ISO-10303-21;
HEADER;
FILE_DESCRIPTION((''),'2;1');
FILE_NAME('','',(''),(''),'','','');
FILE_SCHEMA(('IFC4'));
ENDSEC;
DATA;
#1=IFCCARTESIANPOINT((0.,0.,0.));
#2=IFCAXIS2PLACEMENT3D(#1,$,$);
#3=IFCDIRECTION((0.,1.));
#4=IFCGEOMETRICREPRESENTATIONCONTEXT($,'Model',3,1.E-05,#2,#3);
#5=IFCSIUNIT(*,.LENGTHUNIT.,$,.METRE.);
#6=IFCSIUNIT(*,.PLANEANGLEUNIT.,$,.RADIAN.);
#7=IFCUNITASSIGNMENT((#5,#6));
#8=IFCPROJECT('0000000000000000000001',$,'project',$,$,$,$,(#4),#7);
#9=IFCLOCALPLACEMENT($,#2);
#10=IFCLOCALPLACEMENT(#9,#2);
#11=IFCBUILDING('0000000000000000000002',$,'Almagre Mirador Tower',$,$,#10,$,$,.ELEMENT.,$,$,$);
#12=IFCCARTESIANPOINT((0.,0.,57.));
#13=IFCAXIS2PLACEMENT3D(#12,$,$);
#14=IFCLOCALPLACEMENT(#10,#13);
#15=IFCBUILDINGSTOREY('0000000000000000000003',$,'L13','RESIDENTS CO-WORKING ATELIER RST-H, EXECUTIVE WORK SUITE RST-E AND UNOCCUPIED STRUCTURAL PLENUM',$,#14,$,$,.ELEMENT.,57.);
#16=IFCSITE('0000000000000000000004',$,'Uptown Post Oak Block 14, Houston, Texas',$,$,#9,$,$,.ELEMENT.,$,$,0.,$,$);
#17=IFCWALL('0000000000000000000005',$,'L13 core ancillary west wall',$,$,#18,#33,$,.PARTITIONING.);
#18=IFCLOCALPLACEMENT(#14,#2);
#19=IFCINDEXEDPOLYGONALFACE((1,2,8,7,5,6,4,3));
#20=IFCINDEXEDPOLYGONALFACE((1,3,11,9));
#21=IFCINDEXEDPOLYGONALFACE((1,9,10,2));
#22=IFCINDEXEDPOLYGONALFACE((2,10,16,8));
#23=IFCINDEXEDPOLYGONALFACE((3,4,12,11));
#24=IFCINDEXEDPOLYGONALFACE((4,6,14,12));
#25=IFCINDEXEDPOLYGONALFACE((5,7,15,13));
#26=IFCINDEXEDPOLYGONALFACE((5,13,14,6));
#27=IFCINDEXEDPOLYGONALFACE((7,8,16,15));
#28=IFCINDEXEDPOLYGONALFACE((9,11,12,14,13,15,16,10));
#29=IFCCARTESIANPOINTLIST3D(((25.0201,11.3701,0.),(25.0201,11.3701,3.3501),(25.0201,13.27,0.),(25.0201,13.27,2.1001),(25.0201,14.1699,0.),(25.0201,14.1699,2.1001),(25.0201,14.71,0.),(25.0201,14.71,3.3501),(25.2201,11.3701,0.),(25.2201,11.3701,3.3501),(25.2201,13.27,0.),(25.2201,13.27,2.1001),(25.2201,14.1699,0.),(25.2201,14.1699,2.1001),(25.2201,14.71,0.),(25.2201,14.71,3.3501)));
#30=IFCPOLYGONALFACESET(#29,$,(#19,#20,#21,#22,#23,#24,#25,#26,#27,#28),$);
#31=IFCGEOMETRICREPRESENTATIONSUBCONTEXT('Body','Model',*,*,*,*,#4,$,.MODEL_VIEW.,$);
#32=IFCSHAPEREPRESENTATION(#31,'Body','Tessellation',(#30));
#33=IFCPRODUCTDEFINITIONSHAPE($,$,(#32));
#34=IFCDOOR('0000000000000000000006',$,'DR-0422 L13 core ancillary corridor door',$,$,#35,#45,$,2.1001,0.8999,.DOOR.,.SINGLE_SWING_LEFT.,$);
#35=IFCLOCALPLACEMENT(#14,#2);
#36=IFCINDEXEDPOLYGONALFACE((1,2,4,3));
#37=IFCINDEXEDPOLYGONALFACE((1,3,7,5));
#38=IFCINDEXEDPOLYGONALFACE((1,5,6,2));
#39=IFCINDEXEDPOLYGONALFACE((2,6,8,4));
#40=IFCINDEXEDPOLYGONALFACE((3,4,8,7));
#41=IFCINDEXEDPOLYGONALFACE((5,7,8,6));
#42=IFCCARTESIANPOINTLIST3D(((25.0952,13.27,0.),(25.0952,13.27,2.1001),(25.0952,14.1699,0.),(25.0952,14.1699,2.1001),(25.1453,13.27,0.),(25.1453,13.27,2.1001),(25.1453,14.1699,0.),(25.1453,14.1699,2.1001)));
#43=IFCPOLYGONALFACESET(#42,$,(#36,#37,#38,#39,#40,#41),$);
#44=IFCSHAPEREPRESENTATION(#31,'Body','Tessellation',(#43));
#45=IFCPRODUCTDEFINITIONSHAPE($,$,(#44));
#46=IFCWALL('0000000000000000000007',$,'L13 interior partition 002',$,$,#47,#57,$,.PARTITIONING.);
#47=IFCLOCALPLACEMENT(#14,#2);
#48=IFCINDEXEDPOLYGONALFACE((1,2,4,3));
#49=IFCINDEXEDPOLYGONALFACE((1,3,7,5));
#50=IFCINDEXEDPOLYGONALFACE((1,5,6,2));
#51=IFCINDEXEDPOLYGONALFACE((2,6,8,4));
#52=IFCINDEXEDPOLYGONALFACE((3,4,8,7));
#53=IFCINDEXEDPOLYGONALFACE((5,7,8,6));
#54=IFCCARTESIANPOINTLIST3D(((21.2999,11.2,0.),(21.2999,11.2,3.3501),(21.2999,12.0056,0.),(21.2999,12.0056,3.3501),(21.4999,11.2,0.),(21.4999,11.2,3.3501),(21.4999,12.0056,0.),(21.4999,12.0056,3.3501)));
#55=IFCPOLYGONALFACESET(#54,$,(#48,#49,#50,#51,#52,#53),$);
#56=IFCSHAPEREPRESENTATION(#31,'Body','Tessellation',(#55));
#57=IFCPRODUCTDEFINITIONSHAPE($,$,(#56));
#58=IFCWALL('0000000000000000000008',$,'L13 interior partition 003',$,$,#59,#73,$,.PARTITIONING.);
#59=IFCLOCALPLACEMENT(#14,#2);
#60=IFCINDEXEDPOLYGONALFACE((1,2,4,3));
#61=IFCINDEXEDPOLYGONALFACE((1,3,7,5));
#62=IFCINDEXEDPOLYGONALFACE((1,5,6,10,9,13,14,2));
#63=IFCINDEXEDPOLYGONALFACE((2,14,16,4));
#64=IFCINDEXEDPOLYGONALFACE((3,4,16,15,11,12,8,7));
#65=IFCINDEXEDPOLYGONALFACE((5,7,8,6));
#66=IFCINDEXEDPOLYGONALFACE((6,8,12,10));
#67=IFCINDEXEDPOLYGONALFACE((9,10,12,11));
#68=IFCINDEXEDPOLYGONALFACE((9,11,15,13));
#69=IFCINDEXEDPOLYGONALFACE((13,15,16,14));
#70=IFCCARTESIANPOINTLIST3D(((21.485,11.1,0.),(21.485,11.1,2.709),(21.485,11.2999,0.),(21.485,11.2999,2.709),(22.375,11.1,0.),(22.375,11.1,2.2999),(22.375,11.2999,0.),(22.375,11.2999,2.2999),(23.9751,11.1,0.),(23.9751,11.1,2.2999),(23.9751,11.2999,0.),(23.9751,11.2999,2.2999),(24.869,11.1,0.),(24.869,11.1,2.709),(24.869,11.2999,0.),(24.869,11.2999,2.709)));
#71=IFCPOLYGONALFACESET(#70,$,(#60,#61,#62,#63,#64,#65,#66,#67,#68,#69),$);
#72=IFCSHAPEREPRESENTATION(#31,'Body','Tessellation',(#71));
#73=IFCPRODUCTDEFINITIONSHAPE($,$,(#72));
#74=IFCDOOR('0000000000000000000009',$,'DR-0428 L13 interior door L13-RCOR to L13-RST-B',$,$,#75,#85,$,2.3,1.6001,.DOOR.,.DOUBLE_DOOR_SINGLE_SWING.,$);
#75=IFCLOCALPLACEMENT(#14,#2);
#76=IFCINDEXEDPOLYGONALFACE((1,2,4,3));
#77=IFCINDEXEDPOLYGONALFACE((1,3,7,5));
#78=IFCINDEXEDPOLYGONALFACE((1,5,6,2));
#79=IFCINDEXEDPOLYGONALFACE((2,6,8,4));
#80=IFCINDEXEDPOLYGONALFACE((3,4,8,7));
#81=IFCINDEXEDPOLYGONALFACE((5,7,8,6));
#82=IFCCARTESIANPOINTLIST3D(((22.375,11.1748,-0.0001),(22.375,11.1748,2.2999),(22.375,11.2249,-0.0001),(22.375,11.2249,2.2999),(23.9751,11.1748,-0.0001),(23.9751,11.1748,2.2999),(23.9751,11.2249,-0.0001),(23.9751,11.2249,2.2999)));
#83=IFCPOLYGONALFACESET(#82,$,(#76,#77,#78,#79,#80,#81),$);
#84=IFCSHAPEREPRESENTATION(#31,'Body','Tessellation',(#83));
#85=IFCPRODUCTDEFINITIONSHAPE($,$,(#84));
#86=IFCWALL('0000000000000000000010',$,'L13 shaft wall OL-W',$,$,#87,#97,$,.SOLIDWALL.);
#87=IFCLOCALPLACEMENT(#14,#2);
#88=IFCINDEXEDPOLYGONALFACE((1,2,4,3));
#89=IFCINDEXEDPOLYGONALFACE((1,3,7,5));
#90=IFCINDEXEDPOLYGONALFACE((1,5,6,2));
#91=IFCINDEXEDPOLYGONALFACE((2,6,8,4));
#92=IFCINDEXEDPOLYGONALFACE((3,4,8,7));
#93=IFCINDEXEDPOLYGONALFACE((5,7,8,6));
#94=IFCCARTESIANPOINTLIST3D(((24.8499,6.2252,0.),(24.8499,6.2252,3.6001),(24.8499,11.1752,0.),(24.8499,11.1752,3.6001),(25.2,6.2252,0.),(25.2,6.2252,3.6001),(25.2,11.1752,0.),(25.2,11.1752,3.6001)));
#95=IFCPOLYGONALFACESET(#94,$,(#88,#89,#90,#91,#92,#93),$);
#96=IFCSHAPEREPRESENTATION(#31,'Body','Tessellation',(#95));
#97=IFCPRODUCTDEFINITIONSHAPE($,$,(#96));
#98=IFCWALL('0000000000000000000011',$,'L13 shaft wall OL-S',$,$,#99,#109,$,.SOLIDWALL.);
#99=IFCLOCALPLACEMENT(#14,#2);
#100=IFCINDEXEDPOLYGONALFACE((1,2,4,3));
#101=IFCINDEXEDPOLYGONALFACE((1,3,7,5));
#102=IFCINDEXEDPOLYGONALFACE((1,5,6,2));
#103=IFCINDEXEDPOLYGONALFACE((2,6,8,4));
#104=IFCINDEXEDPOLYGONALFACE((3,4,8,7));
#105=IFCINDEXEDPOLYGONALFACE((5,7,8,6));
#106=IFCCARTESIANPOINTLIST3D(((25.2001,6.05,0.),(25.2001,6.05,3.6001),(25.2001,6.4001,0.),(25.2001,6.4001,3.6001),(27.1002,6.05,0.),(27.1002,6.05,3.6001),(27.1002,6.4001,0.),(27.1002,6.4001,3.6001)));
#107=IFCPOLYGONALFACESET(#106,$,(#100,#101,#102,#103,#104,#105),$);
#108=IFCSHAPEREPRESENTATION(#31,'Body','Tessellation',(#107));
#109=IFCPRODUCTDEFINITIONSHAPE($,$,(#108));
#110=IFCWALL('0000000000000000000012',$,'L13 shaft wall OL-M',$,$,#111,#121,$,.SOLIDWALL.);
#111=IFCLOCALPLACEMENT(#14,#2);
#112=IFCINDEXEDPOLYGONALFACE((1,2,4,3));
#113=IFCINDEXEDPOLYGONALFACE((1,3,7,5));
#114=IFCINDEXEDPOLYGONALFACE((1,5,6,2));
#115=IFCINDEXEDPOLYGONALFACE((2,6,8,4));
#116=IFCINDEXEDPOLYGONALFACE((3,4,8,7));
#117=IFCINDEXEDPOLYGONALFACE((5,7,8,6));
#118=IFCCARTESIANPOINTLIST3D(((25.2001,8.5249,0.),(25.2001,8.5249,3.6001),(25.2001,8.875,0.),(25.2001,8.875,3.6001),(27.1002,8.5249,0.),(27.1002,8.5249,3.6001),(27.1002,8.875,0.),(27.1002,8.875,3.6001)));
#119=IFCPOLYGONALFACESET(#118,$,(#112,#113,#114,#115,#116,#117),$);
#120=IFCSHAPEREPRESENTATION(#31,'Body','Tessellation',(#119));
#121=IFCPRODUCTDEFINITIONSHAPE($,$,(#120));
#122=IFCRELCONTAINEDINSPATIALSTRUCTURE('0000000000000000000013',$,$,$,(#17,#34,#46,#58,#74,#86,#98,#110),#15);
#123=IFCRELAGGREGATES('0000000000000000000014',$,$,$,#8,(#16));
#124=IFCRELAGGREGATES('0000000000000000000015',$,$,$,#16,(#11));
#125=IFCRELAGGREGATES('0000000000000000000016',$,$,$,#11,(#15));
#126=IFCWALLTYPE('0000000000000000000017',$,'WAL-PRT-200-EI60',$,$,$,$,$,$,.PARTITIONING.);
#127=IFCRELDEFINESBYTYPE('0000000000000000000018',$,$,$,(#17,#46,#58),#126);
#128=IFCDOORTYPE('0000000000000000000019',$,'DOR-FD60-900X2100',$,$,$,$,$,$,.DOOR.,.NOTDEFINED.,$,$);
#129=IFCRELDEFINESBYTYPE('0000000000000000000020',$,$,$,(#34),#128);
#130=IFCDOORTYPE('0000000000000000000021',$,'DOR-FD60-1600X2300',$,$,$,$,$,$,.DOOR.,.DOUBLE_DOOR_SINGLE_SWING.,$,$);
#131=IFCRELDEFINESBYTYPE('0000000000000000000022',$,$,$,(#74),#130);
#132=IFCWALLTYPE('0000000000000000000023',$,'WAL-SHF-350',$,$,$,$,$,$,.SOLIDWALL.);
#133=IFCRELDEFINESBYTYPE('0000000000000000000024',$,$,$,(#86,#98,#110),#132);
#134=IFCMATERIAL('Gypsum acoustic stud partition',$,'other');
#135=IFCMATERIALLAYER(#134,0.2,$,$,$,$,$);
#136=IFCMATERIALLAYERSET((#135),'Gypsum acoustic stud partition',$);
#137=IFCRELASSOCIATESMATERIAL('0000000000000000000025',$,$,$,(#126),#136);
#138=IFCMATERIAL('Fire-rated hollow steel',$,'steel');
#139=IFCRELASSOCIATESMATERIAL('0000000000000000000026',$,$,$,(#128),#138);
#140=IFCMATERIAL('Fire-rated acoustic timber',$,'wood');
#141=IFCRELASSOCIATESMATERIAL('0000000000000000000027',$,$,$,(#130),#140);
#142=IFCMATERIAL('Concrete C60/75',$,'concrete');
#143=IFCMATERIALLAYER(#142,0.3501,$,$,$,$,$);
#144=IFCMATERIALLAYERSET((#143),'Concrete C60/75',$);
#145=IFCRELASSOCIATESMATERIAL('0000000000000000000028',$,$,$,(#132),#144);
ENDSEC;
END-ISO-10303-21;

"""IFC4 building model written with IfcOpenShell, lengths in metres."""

from ifc_helpers import new_model, si_unit, direction, frame, frame_2d, origin, place, context, subcontext, project, spatial, rectangle, extrude, material, layer, layer_set, type_object, element, fill, save


model = new_model("IFC4")

# Units and contexts
model_context = context("Model", 3, precision=1e-05, world=origin(), true_north=direction((0.0, 1.0)))
body_context = subcontext(model_context, "Body", "Model", "MODEL_VIEW")
ifc_project = project(units=[si_unit("LENGTHUNIT", "METRE"), si_unit("PLANEANGLEUNIT", "RADIAN")], contexts=[model_context])

# Site, building, storey
site_placement = place(None, origin())
site = spatial("IfcSite", under=ifc_project, at=site_placement, Name="Uptown Post Oak Block 14, Houston, Texas", CompositionType="ELEMENT", RefElevation=0.0)
building_placement = place(site_placement, origin())
building = spatial("IfcBuilding", under=site, at=building_placement, Name="Almagre Mirador Tower", CompositionType="ELEMENT")
storey_placement = place(building_placement, frame((0.0, 0.0, 57.0)))
storey = spatial("IfcBuildingStorey", under=building, at=storey_placement, Name="L13", Description="RESIDENTS CO-WORKING ATELIER RST-H, EXECUTIVE WORK SUITE RST-E AND UNOCCUPIED STRUCTURAL PLENUM", CompositionType="ELEMENT", Elevation=57.0)

# Wall, opening, door
ifc_material_1 = material(Name="Gypsum acoustic stud partition", Category="other")
ifc_layer_1 = layer(ifc_material_1, 0.2)
ifc_layer_set_1 = layer_set([ifc_layer_1], Name="Gypsum acoustic stud partition")
wall_type_1 = type_object("IfcWallType", Name="WAL-PRT-200-EI60", PredefinedType="PARTITIONING", material=ifc_layer_set_1)
wall_1_placement = place(storey_placement, frame((25.1201, 11.3701, 0.0), z_axis=(0.0, 0.0, 1.0), x_axis=(0.0, 1.0, 0.0)))
wall_1 = element("IfcWall", 1, at=wall_1_placement, inside=storey, type_object=wall_type_1, Name="L13 core ancillary west wall", PredefinedType="PARTITIONING", context=body_context, shape_type="SweptSolid", body=[
    extrude(rectangle(XDim=3.3398, YDim=0.2, at=frame_2d((1.6699, 0.0))), origin(), (0.0, 0.0, 1.0), 3.3501),
])
opening_1_placement = place(wall_1_placement, frame((1.8999, 0.0, 0.0)))
opening_1 = element("IfcOpeningElement", 2, at=opening_1_placement, cuts=wall_1, PredefinedType="OPENING", context=body_context, shape_type="SweptSolid", body=[
    extrude(rectangle(XDim=0.8999, YDim=2.1001, at=frame_2d((0.45, 1.05))), frame((0.0, 0.1101, 0.0), z_axis=(0.0, -1.0, 0.0), x_axis=(1.0, 0.0, 0.0)), (0.0, 0.0, 1.0), 0.22),
])
ifc_material_2 = material(Name="Fire-rated hollow steel", Category="steel")
door_type_1 = type_object("IfcDoorType", Name="DOR-FD60-900X2100", OperationType="NOTDEFINED", PredefinedType="DOOR", material=ifc_material_2)
door_1_placement = place(opening_1_placement, origin())
door_1 = element("IfcDoor", 3, at=door_1_placement, inside=storey, type_object=door_type_1, Name="DR-0422 L13 core ancillary corridor door", OperationType="SINGLE_SWING_LEFT", OverallHeight=2.1001, OverallWidth=0.8999, PredefinedType="DOOR", context=body_context, shape_type="SweptSolid", body=[
    extrude(rectangle(XDim=0.8999, YDim=2.1001, at=frame_2d((0.45, 1.05))), frame((0.0, 0.0249, 0.0), z_axis=(0.0, -1.0, 0.0), x_axis=(1.0, 0.0, 0.0)), (0.0, 0.0, 1.0), 0.05),
])
fill(opening_1, door_1)

# Wall
wall_2_placement = place(storey_placement, frame((21.3999, 12.0056, 0.0), z_axis=(0.0, 0.0, 1.0), x_axis=(0.0, -1.0, 0.0)))
element("IfcWall", 4, at=wall_2_placement, inside=storey, type_object=wall_type_1, Name="L13 interior partition 002", PredefinedType="PARTITIONING", context=body_context, shape_type="SweptSolid", body=[
    extrude(rectangle(XDim=0.8057, YDim=0.2, at=frame_2d((0.4028, 0.0))), origin(), (0.0, 0.0, 1.0), 3.3501),
])

# Wall, opening, door
wall_3_placement = place(storey_placement, frame((21.4851, 11.2, 0.0), z_axis=(0.0, 0.0, 1.0), x_axis=(1.0, 0.0, 0.0)))
wall_3 = element("IfcWall", 5, at=wall_3_placement, inside=storey, type_object=wall_type_1, Name="L13 interior partition 003", PredefinedType="PARTITIONING", context=body_context, shape_type="SweptSolid", body=[
    extrude(rectangle(XDim=3.384, YDim=0.2, at=frame_2d((1.6919, 0.0))), origin(), (0.0, 0.0, 1.0), 2.709),
])
opening_2_placement = place(wall_3_placement, frame((0.8899, 0.0, 0.0)))
opening_2 = element("IfcOpeningElement", 6, at=opening_2_placement, cuts=wall_3, PredefinedType="OPENING", context=body_context, shape_type="SweptSolid", body=[
    extrude(rectangle(XDim=1.6001, YDim=2.3, at=frame_2d((0.8, 1.1499))), frame((0.0, 0.1101, 0.0), z_axis=(0.0, -1.0, 0.0), x_axis=(1.0, 0.0, 0.0)), (0.0, 0.0, 1.0), 0.22),
])
ifc_material_3 = material(Name="Fire-rated acoustic timber", Category="wood")
door_type_2 = type_object("IfcDoorType", Name="DOR-FD60-1600X2300", OperationType="DOUBLE_DOOR_SINGLE_SWING", PredefinedType="DOOR", material=ifc_material_3)
door_2_placement = place(opening_2_placement, origin())
door_2 = element("IfcDoor", 7, at=door_2_placement, inside=storey, type_object=door_type_2, Name="DR-0428 L13 interior door L13-RCOR to L13-RST-B", OperationType="DOUBLE_DOOR_SINGLE_SWING", OverallHeight=2.3, OverallWidth=1.6001, PredefinedType="DOOR", context=body_context, shape_type="SweptSolid", body=[
    extrude(rectangle(XDim=1.6001, YDim=2.3, at=frame_2d((0.8, 1.1499))), frame((0.0, 0.0249, 0.0), z_axis=(0.0, -1.0, 0.0), x_axis=(1.0, 0.0, 0.0)), (0.0, 0.0, 1.0), 0.05),
])
fill(opening_2, door_2)

# Walls
ifc_material_4 = material(Name="Concrete C60/75", Category="concrete")
ifc_layer_2 = layer(ifc_material_4, 0.3501)
ifc_layer_set_2 = layer_set([ifc_layer_2], Name="Concrete C60/75")
wall_type_2 = type_object("IfcWallType", Name="WAL-SHF-350", PredefinedType="SOLIDWALL", material=ifc_layer_set_2)
wall_4_placement = place(storey_placement, frame((25.0249, 6.2251, 0.0), z_axis=(0.0, 0.0, 1.0), x_axis=(0.0, 1.0, 0.0)))
element("IfcWall", 8, at=wall_4_placement, inside=storey, type_object=wall_type_2, Name="L13 shaft wall OL-W", PredefinedType="SOLIDWALL", context=body_context, shape_type="SweptSolid", body=[
    extrude(rectangle(XDim=4.95, YDim=0.3501, at=frame_2d((2.4751, 0.0))), origin(), (0.0, 0.0, 1.0), 3.6001),
])
for number, where, z_axis, x_axis, name in (
    (9, (25.2, 6.2251, 0.0), (0.0, 0.0, 1.0), (1.0, 0.0, 0.0), "L13 shaft wall OL-S"),
    (10, (25.2, 8.7, 0.0), (0.0, 0.0, 1.0), (1.0, 0.0, 0.0), "L13 shaft wall OL-M"),
):
    element("IfcWall", number, at=place(storey_placement, frame(where, z_axis=z_axis, x_axis=x_axis)), inside=storey, type_object=wall_type_2, Name=name, PredefinedType="SOLIDWALL", context=body_context, shape_type="SweptSolid", body=[
        extrude(rectangle(XDim=1.9001, YDim=0.3501, at=frame_2d((0.9502, 0.0))), origin(), (0.0, 0.0, 1.0), 3.6001),
    ])

save(model, "model.ifc")
